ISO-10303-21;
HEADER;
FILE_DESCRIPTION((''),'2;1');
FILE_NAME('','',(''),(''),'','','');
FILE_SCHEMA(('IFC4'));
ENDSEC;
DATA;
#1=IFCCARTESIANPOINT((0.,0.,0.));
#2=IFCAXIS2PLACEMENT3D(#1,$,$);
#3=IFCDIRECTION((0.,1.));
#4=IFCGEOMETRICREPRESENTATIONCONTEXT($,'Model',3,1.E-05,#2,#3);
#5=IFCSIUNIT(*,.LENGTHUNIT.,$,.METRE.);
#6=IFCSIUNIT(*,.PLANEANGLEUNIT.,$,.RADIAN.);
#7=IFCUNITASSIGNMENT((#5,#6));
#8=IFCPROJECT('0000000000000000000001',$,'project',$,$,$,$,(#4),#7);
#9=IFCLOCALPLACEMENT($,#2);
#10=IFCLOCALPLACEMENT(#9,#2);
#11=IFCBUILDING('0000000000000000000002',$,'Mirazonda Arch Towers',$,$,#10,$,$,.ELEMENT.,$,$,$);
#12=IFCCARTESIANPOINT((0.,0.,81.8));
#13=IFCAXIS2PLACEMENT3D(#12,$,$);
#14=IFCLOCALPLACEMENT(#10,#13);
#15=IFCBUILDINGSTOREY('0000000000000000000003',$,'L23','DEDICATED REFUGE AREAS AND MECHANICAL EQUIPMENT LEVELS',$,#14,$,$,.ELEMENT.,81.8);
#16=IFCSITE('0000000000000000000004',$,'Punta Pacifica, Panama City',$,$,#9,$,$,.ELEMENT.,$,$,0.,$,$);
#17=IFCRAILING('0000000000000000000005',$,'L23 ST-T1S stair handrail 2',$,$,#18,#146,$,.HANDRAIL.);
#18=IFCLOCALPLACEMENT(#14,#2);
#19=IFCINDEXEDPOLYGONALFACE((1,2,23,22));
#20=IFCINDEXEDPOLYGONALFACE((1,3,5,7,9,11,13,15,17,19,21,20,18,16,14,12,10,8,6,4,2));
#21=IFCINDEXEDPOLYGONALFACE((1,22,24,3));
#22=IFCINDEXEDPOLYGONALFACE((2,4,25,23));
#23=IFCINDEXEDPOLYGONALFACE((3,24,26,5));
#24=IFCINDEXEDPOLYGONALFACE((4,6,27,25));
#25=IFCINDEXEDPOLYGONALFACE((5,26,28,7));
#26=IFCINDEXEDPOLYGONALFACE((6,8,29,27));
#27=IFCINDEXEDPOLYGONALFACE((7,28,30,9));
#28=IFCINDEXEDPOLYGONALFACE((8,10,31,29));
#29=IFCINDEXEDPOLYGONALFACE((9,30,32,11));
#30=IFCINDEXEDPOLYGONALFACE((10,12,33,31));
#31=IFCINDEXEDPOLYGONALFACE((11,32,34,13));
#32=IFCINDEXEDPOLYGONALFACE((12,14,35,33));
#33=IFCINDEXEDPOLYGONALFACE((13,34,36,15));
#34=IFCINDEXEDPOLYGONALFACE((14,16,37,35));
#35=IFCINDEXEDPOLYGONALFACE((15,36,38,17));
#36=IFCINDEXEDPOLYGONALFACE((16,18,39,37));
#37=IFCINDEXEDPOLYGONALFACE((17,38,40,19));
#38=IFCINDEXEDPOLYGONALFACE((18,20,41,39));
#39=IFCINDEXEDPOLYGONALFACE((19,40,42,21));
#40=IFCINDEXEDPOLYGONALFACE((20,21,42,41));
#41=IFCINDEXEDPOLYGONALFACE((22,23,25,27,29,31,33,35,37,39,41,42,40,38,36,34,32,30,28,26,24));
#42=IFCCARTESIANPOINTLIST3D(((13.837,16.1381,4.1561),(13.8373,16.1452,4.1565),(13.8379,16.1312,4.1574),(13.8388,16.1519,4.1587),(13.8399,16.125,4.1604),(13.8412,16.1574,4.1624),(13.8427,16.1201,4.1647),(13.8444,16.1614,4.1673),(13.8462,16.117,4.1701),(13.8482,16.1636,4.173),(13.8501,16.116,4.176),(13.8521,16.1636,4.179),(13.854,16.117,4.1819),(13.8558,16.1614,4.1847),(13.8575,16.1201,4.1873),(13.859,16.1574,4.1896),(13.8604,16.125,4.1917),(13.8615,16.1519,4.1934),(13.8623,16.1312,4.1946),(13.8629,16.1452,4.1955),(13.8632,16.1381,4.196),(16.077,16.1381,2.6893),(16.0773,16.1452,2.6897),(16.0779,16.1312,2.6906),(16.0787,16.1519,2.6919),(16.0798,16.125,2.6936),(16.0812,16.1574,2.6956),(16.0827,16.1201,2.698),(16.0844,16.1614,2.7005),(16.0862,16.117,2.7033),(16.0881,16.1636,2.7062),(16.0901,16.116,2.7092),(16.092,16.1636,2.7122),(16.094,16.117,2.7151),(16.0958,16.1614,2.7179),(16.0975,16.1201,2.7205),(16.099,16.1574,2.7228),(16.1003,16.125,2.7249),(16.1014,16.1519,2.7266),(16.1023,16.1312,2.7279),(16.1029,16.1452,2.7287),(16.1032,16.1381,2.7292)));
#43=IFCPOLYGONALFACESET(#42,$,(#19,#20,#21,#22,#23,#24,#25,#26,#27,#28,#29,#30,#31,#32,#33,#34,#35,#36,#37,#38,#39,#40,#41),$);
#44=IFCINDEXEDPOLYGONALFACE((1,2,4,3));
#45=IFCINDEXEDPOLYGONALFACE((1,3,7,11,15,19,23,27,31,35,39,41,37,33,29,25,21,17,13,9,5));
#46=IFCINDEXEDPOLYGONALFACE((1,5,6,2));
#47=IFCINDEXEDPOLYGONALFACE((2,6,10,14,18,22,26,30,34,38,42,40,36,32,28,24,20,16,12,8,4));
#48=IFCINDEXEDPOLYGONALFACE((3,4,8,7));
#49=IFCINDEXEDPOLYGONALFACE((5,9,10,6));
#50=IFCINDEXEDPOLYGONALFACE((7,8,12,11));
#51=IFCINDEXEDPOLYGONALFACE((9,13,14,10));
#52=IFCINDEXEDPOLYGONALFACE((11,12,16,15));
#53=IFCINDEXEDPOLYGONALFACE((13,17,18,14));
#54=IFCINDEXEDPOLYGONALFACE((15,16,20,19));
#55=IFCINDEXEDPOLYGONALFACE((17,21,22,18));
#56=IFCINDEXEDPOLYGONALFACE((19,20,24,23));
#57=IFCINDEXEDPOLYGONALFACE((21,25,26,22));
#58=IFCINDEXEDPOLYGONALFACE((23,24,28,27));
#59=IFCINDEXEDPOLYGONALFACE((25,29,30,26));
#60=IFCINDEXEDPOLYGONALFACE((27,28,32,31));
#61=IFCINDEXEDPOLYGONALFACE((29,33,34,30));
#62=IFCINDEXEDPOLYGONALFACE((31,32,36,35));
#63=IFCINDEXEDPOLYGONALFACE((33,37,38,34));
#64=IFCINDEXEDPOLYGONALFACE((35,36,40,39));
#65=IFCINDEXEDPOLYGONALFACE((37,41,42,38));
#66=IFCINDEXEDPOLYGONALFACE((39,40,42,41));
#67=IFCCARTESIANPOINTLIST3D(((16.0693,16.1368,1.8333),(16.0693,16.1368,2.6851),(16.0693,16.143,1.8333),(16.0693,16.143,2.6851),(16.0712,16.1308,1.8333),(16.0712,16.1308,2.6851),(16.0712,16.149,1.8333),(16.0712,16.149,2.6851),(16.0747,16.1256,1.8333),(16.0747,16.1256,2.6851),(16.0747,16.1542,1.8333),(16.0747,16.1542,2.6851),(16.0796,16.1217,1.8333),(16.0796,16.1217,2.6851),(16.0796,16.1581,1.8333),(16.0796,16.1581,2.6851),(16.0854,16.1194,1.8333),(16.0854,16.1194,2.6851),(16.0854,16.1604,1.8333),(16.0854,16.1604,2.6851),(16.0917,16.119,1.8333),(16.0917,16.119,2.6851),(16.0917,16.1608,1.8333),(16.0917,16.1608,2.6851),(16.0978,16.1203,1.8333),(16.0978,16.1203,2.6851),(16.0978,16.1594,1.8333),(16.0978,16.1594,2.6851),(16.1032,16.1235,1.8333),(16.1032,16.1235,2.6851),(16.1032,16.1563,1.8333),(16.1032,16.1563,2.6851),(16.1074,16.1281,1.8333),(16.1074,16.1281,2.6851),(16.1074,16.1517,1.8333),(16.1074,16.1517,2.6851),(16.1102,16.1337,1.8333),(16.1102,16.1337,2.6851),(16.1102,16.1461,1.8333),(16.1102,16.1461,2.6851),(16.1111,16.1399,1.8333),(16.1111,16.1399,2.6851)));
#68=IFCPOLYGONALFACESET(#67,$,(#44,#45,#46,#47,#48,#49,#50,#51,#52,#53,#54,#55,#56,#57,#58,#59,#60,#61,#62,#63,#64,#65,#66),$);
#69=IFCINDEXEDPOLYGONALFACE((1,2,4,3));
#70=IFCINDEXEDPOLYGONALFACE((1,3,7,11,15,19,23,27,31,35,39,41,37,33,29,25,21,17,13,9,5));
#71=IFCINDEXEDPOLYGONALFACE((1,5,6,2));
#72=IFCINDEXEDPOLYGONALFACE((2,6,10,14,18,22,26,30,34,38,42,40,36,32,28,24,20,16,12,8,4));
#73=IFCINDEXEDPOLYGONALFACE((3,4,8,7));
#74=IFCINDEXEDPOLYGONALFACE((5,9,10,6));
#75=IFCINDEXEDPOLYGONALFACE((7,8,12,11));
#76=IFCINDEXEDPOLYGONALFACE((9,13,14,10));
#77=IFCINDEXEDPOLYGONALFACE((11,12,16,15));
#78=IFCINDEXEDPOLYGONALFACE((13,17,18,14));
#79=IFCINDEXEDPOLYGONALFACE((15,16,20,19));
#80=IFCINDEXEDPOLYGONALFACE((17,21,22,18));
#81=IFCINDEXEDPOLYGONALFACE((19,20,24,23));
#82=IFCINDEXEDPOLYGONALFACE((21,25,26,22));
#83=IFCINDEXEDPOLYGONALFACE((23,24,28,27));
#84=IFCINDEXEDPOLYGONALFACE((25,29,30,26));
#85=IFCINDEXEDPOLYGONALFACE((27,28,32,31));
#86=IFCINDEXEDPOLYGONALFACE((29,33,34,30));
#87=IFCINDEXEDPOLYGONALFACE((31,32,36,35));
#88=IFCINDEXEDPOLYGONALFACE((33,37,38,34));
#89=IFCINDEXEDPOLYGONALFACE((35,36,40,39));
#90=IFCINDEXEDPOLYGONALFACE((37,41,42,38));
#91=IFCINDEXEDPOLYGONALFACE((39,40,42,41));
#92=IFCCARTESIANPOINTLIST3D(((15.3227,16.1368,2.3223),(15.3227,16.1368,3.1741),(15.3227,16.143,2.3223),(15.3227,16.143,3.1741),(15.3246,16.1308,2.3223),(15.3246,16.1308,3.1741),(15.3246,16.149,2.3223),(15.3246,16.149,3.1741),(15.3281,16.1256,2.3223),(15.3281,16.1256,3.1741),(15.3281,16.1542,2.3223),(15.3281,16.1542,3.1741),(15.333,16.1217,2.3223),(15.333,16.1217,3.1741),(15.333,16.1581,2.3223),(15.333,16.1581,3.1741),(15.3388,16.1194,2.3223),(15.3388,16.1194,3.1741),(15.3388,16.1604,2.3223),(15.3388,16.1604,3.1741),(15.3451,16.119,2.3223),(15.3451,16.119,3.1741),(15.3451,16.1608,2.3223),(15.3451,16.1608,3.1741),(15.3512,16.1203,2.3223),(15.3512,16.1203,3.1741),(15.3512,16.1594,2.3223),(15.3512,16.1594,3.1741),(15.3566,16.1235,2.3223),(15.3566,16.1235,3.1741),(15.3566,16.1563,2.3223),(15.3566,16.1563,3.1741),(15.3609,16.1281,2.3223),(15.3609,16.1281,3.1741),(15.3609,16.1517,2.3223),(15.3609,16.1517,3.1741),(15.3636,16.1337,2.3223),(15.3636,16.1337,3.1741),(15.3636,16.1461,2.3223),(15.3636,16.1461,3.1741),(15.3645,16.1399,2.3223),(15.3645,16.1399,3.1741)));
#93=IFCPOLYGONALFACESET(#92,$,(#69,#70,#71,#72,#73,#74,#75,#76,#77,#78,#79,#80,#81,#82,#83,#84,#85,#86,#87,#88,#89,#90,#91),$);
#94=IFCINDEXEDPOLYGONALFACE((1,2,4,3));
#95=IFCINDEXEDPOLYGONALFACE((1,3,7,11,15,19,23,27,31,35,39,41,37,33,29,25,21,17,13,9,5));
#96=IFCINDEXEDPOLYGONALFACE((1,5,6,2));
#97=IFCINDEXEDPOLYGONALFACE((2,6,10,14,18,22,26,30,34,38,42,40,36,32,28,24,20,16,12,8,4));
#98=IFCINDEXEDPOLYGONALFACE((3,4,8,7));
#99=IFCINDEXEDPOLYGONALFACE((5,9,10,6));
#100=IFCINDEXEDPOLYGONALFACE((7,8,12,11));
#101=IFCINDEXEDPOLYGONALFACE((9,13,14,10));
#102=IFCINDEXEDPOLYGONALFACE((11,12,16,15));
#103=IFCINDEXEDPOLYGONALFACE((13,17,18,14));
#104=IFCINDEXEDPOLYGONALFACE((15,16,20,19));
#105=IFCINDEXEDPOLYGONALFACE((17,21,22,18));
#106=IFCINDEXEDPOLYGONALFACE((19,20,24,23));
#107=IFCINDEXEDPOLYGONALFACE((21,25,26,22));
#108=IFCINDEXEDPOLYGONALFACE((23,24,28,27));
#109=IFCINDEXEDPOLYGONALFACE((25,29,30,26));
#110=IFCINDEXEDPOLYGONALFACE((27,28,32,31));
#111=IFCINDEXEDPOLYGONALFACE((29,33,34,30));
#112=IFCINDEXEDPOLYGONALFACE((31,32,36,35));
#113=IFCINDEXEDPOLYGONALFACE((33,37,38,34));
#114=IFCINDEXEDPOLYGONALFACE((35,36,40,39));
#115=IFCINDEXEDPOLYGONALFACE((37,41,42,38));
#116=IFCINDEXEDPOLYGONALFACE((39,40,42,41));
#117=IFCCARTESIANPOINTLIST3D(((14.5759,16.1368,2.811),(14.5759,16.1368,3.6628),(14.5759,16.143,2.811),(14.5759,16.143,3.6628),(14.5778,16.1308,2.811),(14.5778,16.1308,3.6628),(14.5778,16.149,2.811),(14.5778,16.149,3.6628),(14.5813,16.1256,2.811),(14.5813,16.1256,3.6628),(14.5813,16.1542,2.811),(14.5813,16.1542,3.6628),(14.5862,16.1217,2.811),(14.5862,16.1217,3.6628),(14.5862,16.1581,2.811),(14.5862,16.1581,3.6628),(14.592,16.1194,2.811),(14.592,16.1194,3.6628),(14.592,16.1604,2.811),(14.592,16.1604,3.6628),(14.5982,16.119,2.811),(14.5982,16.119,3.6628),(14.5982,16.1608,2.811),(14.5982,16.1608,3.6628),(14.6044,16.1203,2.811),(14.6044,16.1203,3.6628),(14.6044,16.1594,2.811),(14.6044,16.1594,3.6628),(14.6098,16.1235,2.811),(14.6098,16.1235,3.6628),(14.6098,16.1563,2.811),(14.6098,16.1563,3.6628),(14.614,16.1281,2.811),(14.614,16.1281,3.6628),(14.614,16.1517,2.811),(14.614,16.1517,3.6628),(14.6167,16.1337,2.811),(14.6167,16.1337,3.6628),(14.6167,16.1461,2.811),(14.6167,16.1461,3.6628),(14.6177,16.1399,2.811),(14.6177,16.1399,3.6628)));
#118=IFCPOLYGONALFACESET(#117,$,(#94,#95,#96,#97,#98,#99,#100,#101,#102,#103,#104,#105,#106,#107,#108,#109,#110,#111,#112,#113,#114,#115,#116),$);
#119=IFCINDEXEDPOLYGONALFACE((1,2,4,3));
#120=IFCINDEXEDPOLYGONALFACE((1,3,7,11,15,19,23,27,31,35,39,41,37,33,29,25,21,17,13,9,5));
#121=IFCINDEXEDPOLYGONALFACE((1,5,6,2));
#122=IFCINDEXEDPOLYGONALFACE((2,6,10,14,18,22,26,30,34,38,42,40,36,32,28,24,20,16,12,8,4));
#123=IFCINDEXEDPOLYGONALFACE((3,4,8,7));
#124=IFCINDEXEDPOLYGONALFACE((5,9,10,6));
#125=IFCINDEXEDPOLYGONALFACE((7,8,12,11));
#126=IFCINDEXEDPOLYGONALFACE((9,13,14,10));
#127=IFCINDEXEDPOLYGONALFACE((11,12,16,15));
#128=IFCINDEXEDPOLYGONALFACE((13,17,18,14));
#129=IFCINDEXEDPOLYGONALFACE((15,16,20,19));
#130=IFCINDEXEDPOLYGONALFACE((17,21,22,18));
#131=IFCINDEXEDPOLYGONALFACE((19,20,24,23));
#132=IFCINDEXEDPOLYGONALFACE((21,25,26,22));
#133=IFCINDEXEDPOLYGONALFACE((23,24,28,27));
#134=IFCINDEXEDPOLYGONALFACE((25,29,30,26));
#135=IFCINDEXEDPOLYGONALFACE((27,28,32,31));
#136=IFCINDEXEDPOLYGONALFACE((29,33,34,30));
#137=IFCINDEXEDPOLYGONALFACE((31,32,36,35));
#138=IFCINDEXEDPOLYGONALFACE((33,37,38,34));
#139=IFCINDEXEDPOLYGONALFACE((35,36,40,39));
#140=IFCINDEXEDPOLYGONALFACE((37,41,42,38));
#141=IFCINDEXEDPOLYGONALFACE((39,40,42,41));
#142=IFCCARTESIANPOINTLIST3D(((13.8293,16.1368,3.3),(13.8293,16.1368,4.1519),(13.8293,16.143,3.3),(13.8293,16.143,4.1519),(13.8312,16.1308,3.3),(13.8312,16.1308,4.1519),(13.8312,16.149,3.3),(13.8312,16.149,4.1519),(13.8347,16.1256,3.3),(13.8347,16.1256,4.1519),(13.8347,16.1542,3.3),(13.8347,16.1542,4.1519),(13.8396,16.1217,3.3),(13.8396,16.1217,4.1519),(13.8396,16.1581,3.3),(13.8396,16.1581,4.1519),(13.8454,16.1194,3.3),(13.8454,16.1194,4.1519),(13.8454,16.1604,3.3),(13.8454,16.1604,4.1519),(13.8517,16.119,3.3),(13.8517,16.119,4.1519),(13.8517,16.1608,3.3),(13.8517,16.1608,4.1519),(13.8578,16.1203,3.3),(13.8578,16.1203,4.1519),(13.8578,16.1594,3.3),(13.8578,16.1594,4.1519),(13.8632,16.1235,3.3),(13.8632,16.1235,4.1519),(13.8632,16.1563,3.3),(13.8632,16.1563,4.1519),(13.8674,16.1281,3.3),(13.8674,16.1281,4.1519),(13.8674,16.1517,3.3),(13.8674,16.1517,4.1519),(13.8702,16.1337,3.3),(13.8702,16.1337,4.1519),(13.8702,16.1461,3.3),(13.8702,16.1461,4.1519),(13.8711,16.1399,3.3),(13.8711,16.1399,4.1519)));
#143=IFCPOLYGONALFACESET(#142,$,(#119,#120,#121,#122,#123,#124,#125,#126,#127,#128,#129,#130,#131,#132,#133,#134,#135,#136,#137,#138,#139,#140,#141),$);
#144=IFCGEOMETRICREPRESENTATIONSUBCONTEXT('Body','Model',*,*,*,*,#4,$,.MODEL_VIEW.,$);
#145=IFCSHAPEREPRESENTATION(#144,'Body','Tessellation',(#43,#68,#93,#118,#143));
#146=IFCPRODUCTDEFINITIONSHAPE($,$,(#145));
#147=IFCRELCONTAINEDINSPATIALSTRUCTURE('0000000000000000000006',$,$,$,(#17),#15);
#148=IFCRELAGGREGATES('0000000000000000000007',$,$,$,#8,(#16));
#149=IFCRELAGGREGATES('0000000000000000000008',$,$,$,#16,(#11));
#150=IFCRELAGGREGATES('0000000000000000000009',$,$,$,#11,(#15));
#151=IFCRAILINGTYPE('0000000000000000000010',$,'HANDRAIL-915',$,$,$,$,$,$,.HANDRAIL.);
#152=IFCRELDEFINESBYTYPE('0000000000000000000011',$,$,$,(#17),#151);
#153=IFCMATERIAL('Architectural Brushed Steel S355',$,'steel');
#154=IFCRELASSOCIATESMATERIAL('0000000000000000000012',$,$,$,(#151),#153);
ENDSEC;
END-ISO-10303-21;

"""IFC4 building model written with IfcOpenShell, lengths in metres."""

from ifc_helpers import new_model, si_unit, direction, frame, origin, origin_2d, place, context, subcontext, project, spatial, circle, extrude, material, type_object, element, save


model = new_model("IFC4")

# Units and contexts
model_context = context("Model", 3, precision=1e-05, world=origin(), true_north=direction((0.0, 1.0)))
body_context = subcontext(model_context, "Body", "Model", "MODEL_VIEW")
ifc_project = project(units=[si_unit("LENGTHUNIT", "METRE"), si_unit("PLANEANGLEUNIT", "RADIAN")], contexts=[model_context])

# Site, building, storey
site_placement = place(None, origin())
site = spatial("IfcSite", under=ifc_project, at=site_placement, Name="Punta Pacifica, Panama City", CompositionType="ELEMENT", RefElevation=0.0)
building_placement = place(site_placement, origin())
building = spatial("IfcBuilding", under=site, at=building_placement, Name="Mirazonda Arch Towers", CompositionType="ELEMENT")
storey_placement = place(building_placement, frame((0.0, 0.0, 81.8)))
storey = spatial("IfcBuildingStorey", under=building, at=storey_placement, Name="L23", Description="DEDICATED REFUGE AREAS AND MECHANICAL EQUIPMENT LEVELS", CompositionType="ELEMENT", Elevation=81.8)

# Shared definitions
ifc_material_1 = material(Name="Architectural Brushed Steel S355", Category="steel")

# Railing
railing_type_1 = type_object("IfcRailingType", Name="HANDRAIL-915", PredefinedType="HANDRAIL", material=ifc_material_1)
railing_1_placement = place(storey_placement, frame((16.0901, 16.1399, 1.8333)))
element("IfcRailing", 1, at=railing_1_placement, inside=storey, type_object=railing_type_1, Name="L23 ST-T1S stair handrail 2", PredefinedType="HANDRAIL", context=body_context, shape_type="SweptSolid", body=[
    extrude(circle(Radius=0.0239, at=origin_2d()), frame((0.0, 0.0, 0.876), z_axis=(-0.836595, 0.0, 0.547822), x_axis=(0.0, -1.0, 0.0)), (0.0, 0.0, 1.0), 2.6775),
    extrude(circle(Radius=0.021, at=origin_2d()), origin(), (0.0, 0.0, 1.0), 0.8518),
    extrude(circle(Radius=0.021, at=origin_2d()), frame((-0.7466, 0.0, 0.489)), (0.0, 0.0, 1.0), 0.8518),
    extrude(circle(Radius=0.021, at=origin_2d()), frame((-1.4934, 0.0, 0.9778)), (0.0, 0.0, 1.0), 0.8518),
    extrude(circle(Radius=0.021, at=origin_2d()), frame((-2.24, 0.0, 1.4668)), (0.0, 0.0, 1.0), 0.8518),
])

save(model, "model.ifc")
